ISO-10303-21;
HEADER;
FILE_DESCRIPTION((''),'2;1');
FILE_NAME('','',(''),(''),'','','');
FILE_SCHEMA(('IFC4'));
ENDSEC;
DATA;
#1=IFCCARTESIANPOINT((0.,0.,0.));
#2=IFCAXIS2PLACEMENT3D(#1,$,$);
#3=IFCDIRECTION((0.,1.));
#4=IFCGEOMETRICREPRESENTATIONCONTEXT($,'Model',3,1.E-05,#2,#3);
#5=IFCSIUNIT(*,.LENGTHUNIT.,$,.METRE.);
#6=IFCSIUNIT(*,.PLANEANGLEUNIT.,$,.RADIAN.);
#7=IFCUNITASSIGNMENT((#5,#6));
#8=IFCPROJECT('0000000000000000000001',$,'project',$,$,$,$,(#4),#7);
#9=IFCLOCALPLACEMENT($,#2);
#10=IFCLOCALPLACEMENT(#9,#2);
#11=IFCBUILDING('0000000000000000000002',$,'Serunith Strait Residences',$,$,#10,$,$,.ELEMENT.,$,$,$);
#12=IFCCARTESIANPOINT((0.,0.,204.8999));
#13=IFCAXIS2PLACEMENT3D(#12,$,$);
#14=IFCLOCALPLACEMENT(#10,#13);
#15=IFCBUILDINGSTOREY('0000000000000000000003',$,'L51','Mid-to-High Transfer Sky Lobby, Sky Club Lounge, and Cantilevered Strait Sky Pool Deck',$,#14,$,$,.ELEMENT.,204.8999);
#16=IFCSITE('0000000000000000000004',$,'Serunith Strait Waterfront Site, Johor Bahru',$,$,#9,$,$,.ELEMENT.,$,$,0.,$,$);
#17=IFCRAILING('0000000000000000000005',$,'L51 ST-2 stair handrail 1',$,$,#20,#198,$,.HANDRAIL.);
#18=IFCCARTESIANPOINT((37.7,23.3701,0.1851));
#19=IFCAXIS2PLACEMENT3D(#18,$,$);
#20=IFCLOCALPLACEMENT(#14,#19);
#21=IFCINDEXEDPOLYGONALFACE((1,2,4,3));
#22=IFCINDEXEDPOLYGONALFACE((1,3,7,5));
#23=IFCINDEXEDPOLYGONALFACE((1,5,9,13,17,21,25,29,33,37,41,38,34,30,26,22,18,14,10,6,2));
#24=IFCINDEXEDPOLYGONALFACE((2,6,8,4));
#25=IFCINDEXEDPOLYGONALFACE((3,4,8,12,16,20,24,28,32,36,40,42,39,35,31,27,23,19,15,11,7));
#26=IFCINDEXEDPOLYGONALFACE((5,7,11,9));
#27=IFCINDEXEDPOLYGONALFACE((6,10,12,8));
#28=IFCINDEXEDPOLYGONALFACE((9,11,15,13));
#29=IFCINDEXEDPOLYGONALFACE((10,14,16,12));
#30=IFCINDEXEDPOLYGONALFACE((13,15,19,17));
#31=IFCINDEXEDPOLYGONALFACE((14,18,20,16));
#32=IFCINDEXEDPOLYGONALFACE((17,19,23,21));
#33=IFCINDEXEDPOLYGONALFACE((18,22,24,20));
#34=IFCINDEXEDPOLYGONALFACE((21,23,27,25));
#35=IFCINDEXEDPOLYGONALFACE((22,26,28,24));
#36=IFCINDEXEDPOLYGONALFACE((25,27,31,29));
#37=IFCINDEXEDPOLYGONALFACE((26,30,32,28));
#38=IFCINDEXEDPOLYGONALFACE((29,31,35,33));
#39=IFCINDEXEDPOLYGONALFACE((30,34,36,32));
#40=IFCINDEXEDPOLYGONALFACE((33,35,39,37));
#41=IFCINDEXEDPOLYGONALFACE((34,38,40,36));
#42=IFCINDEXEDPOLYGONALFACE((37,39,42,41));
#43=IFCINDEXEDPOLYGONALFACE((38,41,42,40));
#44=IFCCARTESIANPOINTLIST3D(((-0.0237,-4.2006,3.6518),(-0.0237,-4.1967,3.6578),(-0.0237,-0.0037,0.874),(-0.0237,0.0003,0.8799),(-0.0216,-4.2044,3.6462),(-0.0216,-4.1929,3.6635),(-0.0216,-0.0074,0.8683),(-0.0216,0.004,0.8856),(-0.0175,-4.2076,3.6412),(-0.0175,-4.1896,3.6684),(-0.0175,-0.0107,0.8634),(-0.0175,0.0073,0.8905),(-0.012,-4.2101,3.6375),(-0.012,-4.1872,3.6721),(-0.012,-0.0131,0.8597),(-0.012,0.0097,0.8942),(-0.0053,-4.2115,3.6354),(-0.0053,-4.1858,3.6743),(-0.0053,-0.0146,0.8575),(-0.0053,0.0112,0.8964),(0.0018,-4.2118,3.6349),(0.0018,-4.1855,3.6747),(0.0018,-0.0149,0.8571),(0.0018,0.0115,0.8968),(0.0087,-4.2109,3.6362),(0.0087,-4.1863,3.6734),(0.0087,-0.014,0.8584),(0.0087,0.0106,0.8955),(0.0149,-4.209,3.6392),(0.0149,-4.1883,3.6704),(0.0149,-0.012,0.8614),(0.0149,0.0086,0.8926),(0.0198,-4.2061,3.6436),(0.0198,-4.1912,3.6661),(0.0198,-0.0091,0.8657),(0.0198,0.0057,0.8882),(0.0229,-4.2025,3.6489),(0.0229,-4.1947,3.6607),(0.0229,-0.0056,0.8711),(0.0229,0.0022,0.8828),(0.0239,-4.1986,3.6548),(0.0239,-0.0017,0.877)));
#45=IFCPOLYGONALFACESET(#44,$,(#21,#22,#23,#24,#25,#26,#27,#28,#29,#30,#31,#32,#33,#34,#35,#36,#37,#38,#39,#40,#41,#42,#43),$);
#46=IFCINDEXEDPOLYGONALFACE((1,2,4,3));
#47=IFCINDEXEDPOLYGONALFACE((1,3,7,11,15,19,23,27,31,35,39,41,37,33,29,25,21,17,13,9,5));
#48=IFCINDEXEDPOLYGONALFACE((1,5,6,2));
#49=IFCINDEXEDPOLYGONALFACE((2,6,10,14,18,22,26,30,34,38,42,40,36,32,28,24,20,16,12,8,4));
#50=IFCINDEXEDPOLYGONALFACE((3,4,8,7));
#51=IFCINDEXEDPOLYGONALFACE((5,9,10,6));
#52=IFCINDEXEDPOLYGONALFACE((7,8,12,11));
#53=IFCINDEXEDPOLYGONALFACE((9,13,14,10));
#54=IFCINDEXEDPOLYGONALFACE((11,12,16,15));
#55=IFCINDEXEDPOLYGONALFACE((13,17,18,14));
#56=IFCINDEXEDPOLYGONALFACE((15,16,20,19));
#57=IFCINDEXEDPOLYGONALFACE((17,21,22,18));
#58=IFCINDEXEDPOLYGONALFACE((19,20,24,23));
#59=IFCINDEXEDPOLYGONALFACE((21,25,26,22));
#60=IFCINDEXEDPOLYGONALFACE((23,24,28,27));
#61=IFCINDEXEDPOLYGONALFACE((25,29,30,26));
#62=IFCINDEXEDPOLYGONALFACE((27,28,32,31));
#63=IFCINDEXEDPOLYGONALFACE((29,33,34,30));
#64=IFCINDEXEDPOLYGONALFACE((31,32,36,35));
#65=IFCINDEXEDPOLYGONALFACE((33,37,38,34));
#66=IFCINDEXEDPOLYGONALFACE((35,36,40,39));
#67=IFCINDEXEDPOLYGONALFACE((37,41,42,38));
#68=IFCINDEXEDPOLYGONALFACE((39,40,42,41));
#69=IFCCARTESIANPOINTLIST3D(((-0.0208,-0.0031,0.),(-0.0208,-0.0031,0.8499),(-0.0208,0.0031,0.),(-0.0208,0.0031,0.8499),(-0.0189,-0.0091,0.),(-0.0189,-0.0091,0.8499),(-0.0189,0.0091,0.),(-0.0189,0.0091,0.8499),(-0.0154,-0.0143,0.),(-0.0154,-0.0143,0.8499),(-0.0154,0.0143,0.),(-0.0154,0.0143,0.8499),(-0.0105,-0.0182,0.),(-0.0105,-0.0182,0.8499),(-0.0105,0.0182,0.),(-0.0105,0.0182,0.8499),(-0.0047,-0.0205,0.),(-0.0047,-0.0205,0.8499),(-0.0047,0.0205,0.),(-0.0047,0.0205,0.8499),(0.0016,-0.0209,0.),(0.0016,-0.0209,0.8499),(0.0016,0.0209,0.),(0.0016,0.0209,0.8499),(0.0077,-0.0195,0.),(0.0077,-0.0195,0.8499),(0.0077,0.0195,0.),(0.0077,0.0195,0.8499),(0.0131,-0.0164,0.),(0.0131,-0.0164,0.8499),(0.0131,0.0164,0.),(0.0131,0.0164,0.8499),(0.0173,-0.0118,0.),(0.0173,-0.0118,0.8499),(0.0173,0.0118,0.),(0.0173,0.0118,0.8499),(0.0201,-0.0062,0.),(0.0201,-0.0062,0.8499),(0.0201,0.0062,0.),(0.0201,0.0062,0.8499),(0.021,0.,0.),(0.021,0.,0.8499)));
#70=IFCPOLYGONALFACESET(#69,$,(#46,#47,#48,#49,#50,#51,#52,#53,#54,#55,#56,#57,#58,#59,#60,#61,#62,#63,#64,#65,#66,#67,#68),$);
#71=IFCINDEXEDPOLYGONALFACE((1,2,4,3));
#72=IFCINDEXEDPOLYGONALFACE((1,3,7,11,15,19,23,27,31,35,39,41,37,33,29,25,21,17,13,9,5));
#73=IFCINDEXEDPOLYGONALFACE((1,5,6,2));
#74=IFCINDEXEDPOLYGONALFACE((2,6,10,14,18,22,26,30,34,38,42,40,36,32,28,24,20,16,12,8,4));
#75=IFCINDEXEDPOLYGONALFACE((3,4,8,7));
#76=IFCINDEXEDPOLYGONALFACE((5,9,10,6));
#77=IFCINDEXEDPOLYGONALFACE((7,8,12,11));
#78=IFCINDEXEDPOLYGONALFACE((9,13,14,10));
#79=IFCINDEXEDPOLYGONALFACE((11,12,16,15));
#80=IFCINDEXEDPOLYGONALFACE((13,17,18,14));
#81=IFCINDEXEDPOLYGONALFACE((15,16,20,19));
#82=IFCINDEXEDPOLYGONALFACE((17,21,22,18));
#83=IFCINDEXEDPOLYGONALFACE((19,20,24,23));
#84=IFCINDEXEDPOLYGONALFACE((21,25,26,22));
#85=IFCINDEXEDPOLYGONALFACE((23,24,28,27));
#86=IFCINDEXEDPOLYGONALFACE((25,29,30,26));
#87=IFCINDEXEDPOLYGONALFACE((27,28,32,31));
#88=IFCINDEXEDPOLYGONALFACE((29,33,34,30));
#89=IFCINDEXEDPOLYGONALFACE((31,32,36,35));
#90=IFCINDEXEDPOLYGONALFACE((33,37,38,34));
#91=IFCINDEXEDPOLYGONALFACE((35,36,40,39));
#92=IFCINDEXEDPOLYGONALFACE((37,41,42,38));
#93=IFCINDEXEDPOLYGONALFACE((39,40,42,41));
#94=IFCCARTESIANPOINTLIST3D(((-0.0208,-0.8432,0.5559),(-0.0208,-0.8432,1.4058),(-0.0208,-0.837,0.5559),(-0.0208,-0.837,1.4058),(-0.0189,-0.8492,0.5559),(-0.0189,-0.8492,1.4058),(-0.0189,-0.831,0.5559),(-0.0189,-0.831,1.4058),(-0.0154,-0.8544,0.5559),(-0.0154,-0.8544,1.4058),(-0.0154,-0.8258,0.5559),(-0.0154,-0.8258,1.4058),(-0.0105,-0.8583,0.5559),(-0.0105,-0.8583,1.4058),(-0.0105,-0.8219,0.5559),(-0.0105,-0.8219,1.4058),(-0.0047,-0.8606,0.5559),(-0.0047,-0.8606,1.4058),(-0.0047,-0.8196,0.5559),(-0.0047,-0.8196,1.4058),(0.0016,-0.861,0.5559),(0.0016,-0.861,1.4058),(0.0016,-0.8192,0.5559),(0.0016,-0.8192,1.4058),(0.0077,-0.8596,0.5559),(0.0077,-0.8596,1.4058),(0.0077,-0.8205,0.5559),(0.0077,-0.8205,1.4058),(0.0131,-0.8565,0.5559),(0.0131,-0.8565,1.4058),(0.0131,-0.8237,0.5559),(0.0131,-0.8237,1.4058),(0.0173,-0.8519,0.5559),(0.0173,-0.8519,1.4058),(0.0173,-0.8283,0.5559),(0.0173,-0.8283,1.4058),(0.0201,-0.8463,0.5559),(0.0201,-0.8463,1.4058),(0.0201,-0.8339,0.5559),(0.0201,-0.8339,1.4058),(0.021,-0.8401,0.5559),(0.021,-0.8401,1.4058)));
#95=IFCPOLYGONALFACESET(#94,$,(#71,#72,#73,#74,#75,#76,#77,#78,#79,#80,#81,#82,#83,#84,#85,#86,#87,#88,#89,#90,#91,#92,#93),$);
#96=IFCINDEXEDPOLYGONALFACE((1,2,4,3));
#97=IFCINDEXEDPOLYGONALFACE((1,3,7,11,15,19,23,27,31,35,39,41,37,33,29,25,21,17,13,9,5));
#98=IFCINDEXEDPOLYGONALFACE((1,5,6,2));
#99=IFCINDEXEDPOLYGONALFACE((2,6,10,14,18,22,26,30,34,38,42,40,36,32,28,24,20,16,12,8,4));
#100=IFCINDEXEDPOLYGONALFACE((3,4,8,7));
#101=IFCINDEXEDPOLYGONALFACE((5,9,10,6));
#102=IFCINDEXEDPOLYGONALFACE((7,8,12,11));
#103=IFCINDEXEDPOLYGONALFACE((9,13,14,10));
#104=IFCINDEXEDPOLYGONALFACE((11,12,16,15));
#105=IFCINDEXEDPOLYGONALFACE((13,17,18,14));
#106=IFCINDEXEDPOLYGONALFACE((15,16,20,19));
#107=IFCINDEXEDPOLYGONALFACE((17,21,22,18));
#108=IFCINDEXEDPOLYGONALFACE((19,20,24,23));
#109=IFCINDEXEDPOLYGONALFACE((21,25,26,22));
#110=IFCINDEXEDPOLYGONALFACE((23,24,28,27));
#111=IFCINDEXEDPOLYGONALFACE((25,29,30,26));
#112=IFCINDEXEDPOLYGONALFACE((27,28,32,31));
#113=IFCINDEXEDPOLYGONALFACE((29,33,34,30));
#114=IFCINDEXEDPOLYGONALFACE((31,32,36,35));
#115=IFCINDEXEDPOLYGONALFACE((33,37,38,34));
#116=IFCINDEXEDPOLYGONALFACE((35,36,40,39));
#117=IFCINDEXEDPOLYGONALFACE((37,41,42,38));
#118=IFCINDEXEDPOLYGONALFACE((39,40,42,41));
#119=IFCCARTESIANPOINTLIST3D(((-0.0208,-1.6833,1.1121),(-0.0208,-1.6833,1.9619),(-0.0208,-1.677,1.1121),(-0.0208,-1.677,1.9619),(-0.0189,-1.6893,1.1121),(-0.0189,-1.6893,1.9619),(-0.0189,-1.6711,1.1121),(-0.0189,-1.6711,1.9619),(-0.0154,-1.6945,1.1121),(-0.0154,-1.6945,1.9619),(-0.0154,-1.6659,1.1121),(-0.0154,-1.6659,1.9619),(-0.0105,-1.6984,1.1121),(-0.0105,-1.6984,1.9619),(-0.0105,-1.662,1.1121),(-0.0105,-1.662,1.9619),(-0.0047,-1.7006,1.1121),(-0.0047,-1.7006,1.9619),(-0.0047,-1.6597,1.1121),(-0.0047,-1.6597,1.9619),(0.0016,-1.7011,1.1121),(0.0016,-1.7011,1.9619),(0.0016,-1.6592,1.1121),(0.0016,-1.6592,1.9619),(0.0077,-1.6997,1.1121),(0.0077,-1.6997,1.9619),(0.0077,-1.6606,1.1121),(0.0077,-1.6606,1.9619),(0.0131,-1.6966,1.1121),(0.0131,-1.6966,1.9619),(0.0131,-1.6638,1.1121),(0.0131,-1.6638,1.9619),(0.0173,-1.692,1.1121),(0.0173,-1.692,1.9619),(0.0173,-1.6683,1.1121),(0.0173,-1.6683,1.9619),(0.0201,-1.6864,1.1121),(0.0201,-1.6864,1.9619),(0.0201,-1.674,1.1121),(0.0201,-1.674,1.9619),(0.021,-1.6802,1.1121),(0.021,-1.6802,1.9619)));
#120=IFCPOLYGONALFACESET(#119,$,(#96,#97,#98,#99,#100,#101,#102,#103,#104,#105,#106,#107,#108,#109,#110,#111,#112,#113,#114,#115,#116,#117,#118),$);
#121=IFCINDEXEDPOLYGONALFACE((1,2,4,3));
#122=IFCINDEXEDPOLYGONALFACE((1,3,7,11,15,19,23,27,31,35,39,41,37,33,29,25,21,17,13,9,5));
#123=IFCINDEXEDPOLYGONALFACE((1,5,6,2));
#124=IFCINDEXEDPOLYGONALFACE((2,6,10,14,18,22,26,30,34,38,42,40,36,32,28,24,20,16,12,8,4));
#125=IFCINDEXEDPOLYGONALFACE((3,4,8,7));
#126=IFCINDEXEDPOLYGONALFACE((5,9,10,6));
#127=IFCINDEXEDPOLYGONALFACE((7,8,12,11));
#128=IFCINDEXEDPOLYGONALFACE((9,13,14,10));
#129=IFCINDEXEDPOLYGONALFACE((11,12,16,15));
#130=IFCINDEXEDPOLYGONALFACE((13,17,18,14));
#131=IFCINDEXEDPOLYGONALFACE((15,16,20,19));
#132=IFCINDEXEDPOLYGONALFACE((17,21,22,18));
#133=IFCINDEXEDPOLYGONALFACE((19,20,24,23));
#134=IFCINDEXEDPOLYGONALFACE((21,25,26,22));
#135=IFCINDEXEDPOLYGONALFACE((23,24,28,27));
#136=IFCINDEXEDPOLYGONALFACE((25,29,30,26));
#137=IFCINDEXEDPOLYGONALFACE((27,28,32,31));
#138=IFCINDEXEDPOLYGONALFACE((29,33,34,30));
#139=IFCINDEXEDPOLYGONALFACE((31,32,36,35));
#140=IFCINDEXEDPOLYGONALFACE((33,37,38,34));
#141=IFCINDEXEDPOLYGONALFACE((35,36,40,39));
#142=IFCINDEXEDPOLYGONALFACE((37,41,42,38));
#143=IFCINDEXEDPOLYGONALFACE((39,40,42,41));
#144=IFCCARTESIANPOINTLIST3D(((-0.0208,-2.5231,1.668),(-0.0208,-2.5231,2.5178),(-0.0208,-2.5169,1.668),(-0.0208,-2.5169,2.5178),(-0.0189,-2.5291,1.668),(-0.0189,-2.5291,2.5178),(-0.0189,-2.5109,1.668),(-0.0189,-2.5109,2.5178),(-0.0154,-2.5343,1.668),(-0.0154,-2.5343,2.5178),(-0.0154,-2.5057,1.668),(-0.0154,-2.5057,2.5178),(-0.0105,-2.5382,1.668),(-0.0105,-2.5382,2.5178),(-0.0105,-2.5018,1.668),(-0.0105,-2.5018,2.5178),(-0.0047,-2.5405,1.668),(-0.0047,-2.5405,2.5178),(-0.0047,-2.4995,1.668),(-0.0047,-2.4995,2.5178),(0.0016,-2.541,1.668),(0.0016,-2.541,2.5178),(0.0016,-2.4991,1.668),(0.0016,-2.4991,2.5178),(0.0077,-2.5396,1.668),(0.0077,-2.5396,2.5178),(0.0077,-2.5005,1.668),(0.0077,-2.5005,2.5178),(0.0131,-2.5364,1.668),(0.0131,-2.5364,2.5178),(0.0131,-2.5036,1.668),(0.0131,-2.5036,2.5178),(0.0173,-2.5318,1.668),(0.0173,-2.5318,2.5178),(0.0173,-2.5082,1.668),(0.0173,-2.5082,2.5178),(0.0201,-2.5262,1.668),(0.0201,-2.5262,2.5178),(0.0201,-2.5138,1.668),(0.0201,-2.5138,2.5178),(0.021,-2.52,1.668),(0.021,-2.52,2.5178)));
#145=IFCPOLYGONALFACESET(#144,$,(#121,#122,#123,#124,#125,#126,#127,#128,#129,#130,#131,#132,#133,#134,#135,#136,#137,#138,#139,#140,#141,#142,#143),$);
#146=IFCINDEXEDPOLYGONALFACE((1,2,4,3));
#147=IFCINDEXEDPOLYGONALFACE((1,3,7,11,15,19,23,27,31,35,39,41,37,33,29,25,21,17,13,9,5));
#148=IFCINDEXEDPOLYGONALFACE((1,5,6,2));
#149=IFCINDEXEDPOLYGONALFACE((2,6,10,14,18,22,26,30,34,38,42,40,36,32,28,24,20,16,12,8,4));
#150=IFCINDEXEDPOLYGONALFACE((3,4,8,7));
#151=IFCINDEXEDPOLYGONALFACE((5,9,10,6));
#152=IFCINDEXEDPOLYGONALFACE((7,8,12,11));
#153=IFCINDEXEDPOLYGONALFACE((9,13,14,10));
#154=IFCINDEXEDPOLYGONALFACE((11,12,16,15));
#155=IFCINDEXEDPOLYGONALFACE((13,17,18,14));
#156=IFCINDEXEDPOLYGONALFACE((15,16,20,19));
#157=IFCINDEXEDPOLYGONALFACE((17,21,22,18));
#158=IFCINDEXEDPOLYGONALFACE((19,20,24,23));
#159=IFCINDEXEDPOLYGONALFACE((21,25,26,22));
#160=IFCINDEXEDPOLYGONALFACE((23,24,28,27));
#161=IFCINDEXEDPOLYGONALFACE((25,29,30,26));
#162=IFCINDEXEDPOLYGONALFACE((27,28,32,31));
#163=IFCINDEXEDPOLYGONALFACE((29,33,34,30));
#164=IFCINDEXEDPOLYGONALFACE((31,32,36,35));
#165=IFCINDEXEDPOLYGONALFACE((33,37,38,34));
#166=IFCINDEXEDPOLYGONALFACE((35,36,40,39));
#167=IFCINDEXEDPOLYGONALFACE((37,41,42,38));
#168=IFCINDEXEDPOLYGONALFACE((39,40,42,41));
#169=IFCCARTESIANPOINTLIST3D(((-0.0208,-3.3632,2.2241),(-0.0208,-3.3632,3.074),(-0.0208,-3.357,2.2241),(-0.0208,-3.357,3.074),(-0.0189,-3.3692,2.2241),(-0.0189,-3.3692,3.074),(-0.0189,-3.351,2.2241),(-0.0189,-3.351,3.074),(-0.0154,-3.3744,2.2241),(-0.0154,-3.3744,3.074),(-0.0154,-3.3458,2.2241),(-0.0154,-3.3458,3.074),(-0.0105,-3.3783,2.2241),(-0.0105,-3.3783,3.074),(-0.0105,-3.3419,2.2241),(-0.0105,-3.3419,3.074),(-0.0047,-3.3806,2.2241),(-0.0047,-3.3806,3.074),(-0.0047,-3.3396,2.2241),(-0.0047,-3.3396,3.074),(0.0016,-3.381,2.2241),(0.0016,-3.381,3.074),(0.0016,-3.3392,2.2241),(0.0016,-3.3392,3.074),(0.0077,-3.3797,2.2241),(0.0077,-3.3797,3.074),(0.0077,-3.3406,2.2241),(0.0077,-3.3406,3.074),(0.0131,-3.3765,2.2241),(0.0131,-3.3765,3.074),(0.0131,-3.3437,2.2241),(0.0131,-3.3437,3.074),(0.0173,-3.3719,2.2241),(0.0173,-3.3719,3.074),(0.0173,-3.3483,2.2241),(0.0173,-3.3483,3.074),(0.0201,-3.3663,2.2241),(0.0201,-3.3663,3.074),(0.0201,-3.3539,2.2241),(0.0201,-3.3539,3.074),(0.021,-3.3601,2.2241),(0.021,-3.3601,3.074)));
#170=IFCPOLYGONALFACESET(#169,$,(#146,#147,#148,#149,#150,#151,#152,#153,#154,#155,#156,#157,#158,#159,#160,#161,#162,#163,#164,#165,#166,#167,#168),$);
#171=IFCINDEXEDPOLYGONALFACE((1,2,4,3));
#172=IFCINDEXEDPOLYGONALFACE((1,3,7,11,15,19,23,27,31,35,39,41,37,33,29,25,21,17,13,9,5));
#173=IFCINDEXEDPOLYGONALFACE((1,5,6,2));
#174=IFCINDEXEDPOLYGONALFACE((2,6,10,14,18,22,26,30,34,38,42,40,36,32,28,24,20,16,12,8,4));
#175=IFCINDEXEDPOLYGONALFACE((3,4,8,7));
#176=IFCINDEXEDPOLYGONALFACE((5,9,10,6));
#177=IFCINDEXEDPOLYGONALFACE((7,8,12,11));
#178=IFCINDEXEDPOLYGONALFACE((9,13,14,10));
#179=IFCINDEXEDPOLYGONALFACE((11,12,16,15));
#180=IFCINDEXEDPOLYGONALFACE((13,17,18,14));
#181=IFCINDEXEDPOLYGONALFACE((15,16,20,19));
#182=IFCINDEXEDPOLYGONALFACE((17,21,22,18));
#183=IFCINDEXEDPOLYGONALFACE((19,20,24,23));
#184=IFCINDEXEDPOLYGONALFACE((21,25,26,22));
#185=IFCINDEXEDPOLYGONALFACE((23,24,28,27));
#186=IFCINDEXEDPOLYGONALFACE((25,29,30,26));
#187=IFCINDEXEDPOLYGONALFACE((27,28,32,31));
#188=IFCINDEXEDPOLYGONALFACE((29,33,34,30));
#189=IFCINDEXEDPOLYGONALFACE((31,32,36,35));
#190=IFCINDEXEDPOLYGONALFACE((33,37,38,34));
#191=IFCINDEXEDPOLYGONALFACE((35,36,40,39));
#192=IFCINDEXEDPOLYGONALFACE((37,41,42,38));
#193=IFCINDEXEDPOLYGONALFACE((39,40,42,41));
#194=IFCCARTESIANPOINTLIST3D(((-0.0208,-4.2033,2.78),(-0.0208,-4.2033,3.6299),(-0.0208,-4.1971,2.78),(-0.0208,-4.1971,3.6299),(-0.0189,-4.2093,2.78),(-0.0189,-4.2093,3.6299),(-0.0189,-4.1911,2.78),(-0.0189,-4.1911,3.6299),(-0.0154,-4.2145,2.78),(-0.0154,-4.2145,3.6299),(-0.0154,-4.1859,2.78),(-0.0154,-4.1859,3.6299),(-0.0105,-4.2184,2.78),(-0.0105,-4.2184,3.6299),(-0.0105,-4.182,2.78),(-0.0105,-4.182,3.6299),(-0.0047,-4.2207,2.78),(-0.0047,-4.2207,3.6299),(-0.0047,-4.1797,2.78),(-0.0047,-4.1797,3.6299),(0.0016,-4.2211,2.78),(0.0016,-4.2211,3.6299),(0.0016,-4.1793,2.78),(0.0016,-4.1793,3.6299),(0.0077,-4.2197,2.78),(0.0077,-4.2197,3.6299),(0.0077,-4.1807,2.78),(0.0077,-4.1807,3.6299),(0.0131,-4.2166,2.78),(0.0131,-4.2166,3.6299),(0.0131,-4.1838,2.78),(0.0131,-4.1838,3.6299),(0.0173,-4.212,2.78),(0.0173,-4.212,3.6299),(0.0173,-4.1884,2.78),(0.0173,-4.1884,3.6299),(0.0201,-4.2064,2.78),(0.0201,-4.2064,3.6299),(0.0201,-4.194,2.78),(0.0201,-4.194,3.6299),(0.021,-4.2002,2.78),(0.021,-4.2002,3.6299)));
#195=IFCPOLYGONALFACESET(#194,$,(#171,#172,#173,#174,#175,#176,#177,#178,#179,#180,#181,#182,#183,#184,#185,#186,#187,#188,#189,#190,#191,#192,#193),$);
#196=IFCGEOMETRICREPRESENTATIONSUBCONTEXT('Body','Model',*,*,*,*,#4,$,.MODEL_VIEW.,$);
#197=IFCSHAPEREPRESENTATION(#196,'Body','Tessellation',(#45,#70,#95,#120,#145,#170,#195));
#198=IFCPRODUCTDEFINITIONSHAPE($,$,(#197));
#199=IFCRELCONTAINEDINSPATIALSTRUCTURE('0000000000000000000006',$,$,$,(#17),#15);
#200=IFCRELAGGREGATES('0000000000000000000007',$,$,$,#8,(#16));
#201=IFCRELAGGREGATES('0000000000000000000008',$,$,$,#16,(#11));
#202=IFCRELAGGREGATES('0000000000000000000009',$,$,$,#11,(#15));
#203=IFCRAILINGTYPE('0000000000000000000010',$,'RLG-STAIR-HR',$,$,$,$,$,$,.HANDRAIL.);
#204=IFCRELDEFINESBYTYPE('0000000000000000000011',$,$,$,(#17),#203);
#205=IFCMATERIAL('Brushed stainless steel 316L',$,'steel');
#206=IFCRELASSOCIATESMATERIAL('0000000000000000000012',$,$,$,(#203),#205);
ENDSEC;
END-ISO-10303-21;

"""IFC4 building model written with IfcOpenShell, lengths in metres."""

from ifc_helpers import new_model, si_unit, direction, frame, origin, origin_2d, place, context, subcontext, project, spatial, circle, extrude, material, type_object, element, save


model = new_model("IFC4")

# Units and contexts
model_context = context("Model", 3, precision=1e-05, world=origin(), true_north=direction((0.0, 1.0)))
body_context = subcontext(model_context, "Body", "Model", "MODEL_VIEW")
ifc_project = project(units=[si_unit("LENGTHUNIT", "METRE"), si_unit("PLANEANGLEUNIT", "RADIAN")], contexts=[model_context])

# Site, building, storey
site_placement = place(None, origin())
site = spatial("IfcSite", under=ifc_project, at=site_placement, Name="Serunith Strait Waterfront Site, Johor Bahru", CompositionType="ELEMENT", RefElevation=0.0)
building_placement = place(site_placement, origin())
building = spatial("IfcBuilding", under=site, at=building_placement, Name="Serunith Strait Residences", CompositionType="ELEMENT")
storey_placement = place(building_placement, frame((0.0, 0.0, 204.8999)))
storey = spatial("IfcBuildingStorey", under=building, at=storey_placement, Name="L51", Description="Mid-to-High Transfer Sky Lobby, Sky Club Lounge, and Cantilevered Strait Sky Pool Deck", CompositionType="ELEMENT", Elevation=204.8999)

# Railing
ifc_material_1 = material(Name="Brushed stainless steel 316L", Category="steel")
railing_type_1 = type_object("IfcRailingType", Name="RLG-STAIR-HR", PredefinedType="HANDRAIL", material=ifc_material_1)
railing_1_placement = place(storey_placement, frame((37.7, 23.3701, 0.1851)))
element("IfcRailing", 1, at=railing_1_placement, inside=storey, type_object=railing_type_1, Name="L51 ST-2 stair handrail 1", PredefinedType="HANDRAIL", context=body_context, shape_type="SweptSolid", body=[
    extrude(circle(Radius=0.0239, at=origin_2d()), frame((0.0, -0.0017, 0.877), z_axis=(0.0, -0.833888, 0.551934), x_axis=(1.0, 0.0, 0.0)), (0.0, 0.0, 1.0), 5.033),
    extrude(circle(Radius=0.021, at=origin_2d()), origin(), (0.0, 0.0, 1.0), 0.8499),
    extrude(circle(Radius=0.021, at=origin_2d()), frame((0.0, -0.8401, 0.5559)), (0.0, 0.0, 1.0), 0.8499),
    extrude(circle(Radius=0.021, at=origin_2d()), frame((0.0, -1.6802, 1.1121)), (0.0, 0.0, 1.0), 0.8499),
    extrude(circle(Radius=0.021, at=origin_2d()), frame((0.0, -2.52, 1.668)), (0.0, 0.0, 1.0), 0.8499),
    extrude(circle(Radius=0.021, at=origin_2d()), frame((0.0, -3.3601, 2.2241)), (0.0, 0.0, 1.0), 0.8499),
    extrude(circle(Radius=0.021, at=origin_2d()), frame((0.0, -4.2002, 2.78)), (0.0, 0.0, 1.0), 0.8499),
])

save(model, "model.ifc")
